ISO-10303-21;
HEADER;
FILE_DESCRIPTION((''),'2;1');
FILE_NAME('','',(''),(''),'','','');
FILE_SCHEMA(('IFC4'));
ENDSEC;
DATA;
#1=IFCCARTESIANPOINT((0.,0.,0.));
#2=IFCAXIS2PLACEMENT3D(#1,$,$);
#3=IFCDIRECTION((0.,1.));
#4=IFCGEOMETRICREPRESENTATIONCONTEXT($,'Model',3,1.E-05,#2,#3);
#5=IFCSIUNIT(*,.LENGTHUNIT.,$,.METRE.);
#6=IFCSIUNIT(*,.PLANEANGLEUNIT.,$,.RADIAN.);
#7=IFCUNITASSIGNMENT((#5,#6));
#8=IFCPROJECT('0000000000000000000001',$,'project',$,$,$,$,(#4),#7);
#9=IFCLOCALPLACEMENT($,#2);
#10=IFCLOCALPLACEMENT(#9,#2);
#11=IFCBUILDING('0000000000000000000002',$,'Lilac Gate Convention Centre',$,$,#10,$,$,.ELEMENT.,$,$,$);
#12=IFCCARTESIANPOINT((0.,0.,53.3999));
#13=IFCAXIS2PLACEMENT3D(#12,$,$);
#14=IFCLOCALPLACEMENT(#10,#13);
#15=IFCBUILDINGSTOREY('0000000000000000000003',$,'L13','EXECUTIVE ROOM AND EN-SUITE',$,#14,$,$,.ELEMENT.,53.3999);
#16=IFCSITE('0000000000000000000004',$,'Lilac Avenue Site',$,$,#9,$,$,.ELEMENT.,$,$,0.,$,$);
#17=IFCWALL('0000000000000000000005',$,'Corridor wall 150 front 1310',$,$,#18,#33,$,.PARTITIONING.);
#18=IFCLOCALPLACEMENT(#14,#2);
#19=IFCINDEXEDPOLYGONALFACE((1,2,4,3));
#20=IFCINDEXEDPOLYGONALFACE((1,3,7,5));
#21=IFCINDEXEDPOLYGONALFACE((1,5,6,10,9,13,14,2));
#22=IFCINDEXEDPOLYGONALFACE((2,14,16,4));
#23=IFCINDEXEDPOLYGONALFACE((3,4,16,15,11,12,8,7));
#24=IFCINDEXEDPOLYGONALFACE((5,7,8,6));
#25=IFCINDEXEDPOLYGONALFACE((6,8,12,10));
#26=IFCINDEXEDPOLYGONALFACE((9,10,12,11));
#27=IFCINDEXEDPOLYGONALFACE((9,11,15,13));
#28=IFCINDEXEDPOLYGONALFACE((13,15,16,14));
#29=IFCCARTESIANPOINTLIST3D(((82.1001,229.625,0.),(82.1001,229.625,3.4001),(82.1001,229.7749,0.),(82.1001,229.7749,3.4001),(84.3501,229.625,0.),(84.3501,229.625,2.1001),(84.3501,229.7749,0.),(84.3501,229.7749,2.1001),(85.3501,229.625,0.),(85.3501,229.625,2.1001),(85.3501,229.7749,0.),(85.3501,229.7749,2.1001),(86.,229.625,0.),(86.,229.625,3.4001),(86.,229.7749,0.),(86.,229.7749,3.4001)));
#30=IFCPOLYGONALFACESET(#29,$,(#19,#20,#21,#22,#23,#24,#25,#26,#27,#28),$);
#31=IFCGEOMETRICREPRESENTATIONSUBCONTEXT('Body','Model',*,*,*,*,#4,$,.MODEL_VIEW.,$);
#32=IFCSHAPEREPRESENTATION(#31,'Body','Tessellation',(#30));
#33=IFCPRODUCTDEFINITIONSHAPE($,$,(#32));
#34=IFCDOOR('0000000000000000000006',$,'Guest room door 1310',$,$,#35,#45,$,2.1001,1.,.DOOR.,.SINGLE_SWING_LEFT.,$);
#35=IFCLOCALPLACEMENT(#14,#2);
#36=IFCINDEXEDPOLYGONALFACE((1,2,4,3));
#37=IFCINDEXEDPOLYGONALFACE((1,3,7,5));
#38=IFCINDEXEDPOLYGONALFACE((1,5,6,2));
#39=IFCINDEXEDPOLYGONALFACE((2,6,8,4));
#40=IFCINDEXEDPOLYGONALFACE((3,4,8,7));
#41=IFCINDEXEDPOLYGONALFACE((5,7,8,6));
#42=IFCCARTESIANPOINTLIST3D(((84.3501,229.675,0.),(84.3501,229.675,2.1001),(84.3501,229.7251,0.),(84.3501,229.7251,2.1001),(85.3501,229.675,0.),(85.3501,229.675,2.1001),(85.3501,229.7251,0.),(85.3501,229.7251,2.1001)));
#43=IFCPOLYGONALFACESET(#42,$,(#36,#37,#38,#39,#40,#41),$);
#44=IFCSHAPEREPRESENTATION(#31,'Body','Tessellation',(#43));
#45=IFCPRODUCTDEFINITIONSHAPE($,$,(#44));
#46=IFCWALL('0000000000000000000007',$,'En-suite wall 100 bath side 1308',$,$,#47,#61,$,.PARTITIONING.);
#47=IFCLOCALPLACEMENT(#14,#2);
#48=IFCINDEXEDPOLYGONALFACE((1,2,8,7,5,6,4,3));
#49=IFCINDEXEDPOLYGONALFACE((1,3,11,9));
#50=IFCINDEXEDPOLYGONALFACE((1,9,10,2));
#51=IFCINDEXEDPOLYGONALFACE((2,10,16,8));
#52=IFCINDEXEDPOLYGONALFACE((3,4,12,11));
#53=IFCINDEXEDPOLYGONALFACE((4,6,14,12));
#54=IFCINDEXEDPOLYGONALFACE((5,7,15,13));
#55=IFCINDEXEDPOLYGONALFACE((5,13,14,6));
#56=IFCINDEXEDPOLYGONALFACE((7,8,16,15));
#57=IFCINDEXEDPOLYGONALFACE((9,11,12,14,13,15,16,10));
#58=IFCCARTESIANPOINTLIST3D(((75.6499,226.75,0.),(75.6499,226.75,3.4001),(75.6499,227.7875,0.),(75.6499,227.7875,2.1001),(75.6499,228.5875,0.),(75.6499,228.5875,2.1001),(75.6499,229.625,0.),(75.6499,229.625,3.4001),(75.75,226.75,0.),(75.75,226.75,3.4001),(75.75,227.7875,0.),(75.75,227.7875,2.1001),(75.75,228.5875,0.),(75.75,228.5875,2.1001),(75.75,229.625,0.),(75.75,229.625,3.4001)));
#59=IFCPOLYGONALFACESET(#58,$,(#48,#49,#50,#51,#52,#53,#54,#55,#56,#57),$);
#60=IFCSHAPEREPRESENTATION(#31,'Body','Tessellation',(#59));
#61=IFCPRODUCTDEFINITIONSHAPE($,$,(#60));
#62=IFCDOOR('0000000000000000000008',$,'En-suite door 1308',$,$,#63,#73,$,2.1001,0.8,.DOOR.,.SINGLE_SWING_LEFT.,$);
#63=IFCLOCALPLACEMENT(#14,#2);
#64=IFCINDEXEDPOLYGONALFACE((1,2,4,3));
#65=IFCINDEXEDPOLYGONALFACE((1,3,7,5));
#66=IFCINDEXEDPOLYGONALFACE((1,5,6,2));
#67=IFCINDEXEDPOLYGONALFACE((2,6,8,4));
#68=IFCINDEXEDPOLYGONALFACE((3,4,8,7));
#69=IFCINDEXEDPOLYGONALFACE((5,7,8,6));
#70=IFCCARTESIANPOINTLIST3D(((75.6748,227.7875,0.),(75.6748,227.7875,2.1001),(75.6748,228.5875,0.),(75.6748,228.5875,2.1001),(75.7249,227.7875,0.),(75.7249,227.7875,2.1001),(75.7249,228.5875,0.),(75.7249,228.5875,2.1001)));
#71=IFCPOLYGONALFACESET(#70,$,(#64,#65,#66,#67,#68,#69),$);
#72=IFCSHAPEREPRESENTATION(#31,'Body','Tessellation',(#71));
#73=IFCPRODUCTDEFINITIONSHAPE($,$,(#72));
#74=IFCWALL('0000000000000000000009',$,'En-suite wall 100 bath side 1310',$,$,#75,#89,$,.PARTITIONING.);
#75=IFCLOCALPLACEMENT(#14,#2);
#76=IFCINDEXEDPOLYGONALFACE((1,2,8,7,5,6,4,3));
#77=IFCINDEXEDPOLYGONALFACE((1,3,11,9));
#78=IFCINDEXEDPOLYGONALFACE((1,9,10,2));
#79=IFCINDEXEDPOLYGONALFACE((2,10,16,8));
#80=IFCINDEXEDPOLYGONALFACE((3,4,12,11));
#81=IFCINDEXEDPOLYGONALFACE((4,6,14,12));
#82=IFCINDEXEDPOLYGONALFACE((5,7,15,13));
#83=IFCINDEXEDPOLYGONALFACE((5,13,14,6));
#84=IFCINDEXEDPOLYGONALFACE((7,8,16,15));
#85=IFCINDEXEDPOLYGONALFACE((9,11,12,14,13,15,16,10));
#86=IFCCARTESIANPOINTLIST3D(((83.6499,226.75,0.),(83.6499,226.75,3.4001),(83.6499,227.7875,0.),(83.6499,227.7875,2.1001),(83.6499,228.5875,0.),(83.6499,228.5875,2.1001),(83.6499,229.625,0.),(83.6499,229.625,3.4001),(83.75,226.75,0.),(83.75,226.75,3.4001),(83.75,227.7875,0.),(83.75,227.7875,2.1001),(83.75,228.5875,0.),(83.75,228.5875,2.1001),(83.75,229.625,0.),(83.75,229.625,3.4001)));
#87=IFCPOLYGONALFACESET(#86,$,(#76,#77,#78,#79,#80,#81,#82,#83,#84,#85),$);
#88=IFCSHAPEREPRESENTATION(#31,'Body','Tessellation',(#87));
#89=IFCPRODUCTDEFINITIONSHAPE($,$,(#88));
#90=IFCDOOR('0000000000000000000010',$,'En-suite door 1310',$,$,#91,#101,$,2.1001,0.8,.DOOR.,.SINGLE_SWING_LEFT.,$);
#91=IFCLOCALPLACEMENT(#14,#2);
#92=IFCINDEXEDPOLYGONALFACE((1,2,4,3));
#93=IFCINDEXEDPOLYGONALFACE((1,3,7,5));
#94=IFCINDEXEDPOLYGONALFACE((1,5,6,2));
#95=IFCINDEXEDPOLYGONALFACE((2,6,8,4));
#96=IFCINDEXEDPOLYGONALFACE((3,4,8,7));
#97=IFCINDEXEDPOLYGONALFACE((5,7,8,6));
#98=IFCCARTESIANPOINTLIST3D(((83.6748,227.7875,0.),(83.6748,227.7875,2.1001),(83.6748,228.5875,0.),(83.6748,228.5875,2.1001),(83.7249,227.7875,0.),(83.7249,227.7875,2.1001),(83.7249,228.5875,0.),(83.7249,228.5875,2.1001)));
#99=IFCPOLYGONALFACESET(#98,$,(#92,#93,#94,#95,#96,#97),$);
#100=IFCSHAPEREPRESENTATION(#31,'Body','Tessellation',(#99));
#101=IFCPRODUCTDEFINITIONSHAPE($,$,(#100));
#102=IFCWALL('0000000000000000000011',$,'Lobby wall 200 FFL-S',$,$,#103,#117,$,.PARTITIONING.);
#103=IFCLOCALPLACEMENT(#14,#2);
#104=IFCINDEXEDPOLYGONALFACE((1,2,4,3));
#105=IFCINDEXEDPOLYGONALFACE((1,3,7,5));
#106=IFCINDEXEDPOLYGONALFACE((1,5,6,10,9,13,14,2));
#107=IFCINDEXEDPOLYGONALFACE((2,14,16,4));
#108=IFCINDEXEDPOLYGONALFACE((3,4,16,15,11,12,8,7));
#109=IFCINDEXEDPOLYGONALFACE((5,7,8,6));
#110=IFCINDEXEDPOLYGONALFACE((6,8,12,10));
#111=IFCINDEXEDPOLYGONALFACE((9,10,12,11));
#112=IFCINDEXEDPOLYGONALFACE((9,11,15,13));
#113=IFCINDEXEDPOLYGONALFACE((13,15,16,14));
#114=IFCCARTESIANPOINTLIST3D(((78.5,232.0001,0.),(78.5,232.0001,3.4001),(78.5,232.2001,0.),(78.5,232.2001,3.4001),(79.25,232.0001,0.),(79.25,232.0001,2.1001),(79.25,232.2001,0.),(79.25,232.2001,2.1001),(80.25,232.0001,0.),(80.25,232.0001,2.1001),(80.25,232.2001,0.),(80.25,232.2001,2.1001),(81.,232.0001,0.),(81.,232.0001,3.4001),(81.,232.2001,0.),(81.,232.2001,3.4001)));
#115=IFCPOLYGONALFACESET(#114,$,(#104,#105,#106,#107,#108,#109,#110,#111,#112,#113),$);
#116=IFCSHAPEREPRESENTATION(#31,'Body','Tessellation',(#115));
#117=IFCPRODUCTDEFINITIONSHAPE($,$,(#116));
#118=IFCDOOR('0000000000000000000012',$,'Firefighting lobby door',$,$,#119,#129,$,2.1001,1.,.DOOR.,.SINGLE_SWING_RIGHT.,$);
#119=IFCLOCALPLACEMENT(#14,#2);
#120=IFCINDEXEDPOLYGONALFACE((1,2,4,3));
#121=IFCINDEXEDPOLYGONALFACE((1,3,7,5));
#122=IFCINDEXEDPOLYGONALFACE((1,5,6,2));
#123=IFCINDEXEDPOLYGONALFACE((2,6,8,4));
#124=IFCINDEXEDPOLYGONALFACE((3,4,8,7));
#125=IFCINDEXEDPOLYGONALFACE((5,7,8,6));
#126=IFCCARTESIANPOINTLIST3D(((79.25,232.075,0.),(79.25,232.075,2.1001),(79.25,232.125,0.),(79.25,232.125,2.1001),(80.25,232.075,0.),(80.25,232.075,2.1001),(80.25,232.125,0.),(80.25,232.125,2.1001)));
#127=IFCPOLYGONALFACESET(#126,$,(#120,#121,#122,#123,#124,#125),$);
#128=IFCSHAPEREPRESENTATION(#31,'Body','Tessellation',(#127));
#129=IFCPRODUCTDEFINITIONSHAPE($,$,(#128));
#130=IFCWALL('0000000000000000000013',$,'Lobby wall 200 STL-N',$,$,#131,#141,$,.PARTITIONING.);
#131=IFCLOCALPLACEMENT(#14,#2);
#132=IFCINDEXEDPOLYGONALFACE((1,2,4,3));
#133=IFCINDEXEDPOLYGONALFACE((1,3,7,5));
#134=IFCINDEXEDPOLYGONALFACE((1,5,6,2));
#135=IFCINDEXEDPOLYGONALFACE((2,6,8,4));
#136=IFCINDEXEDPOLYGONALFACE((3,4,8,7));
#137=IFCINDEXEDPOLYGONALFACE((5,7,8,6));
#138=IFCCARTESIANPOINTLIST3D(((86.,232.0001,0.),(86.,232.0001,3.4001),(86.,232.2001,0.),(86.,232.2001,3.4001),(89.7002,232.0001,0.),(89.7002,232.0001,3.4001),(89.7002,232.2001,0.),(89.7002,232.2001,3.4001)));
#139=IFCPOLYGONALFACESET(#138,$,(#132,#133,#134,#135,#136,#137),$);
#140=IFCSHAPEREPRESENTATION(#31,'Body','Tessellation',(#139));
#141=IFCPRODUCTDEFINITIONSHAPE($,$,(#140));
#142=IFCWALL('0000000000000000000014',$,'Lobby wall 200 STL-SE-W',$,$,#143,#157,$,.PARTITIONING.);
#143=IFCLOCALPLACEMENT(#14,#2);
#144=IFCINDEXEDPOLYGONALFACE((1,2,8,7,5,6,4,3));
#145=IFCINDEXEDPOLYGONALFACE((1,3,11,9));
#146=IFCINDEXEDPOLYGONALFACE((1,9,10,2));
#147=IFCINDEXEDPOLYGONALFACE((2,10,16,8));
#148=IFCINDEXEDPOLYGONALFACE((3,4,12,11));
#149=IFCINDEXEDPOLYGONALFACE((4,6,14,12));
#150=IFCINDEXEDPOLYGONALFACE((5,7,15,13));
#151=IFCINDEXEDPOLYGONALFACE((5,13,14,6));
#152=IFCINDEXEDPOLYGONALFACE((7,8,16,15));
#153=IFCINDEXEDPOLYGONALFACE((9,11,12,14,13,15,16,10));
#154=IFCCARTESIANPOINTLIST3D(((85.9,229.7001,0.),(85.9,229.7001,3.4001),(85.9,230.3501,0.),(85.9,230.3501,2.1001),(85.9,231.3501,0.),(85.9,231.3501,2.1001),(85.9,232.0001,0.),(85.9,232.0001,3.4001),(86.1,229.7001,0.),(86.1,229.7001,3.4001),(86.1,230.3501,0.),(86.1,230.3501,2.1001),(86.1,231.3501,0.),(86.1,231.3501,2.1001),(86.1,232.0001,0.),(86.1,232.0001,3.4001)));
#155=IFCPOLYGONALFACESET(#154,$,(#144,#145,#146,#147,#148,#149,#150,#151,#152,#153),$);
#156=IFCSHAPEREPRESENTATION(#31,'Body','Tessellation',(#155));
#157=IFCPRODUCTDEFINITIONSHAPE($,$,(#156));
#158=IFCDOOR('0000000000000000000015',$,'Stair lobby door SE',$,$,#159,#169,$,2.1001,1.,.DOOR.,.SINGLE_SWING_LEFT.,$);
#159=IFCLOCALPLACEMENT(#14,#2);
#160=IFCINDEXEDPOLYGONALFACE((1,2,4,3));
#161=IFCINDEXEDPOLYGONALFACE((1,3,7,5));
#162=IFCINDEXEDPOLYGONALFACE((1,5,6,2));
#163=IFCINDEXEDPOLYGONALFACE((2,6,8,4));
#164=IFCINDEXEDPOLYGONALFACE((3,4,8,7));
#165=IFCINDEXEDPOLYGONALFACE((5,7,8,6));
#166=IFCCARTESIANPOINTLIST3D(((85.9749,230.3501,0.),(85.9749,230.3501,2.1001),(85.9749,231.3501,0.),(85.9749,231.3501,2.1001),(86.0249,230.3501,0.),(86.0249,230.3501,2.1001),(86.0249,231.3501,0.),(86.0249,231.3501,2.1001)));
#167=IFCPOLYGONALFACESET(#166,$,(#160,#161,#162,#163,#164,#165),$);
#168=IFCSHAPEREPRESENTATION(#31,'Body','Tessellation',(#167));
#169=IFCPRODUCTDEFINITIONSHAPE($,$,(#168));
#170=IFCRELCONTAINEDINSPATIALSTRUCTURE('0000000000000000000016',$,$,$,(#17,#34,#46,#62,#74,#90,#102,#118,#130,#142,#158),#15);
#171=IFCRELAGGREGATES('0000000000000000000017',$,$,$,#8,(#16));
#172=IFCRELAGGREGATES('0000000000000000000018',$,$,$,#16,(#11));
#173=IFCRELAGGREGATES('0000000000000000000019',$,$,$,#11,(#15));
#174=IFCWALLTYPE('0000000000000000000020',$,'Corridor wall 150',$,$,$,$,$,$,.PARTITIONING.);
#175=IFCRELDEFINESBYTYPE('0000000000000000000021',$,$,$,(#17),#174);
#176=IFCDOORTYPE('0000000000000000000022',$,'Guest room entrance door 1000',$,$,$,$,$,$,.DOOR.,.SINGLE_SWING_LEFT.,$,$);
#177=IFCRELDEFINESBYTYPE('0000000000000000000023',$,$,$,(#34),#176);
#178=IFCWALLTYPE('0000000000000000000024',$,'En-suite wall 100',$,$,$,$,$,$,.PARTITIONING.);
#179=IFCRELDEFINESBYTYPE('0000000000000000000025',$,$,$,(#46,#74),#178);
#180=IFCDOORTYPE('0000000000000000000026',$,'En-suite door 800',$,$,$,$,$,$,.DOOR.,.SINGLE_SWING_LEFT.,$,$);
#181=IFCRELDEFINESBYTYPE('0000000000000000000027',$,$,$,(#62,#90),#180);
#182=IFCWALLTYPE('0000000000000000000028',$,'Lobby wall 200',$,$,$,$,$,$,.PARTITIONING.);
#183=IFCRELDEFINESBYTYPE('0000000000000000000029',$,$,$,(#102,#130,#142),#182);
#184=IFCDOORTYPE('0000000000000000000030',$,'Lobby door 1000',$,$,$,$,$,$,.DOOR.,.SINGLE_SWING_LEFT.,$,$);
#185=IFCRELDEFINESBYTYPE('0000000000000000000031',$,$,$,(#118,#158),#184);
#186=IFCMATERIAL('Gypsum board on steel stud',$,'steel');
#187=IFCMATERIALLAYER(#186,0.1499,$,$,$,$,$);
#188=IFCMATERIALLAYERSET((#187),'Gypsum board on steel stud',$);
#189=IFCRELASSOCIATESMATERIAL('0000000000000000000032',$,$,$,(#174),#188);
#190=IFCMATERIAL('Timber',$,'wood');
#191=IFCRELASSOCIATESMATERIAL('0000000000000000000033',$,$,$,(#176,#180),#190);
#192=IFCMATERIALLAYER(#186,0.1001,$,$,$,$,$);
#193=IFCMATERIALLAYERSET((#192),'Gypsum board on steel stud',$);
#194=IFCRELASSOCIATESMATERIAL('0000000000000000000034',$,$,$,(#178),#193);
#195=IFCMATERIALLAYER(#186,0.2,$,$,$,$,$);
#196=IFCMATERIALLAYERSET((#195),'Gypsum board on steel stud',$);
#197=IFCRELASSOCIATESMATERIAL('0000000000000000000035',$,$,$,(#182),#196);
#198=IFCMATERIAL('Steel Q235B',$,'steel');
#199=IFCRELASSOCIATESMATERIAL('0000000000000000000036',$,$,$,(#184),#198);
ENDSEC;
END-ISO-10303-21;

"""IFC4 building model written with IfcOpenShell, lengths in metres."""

from ifc_helpers import new_model, si_unit, direction, frame, frame_2d, origin, place, context, subcontext, project, spatial, rectangle, extrude, material, layer, layer_set, type_object, element, fill, save


model = new_model("IFC4")

# Units and contexts
model_context = context("Model", 3, precision=1e-05, world=origin(), true_north=direction((0.0, 1.0)))
body_context = subcontext(model_context, "Body", "Model", "MODEL_VIEW")
ifc_project = project(units=[si_unit("LENGTHUNIT", "METRE"), si_unit("PLANEANGLEUNIT", "RADIAN")], contexts=[model_context])

# Site, building, storey
site_placement = place(None, origin())
site = spatial("IfcSite", under=ifc_project, at=site_placement, Name="Lilac Avenue Site", CompositionType="ELEMENT", RefElevation=0.0)
building_placement = place(site_placement, origin())
building = spatial("IfcBuilding", under=site, at=building_placement, Name="Lilac Gate Convention Centre", CompositionType="ELEMENT")
storey_placement = place(building_placement, frame((0.0, 0.0, 53.3999)))
storey = spatial("IfcBuildingStorey", under=building, at=storey_placement, Name="L13", Description="EXECUTIVE ROOM AND EN-SUITE", CompositionType="ELEMENT", Elevation=53.3999)

# Shared definitions
ifc_material_1 = material(Name="Steel Q235B", Category="steel")

# Walls, openings, doors
ifc_material_2 = material(Name="Gypsum board on steel stud", Category="steel")
ifc_layer_1 = layer(ifc_material_2, 0.1499)
ifc_layer_set_1 = layer_set([ifc_layer_1], Name="Gypsum board on steel stud")
wall_type_1 = type_object("IfcWallType", Name="Corridor wall 150", PredefinedType="PARTITIONING", material=ifc_layer_set_1)
ifc_material_3 = material(Name="Timber", Category="wood")
door_type_1 = type_object("IfcDoorType", Name="Guest room entrance door 1000", OperationType="SINGLE_SWING_LEFT", PredefinedType="DOOR", material=ifc_material_3)
wall_1_placement = place(storey_placement, frame((86.0, 229.7, 0.0), z_axis=(0.0, 0.0, 1.0), x_axis=(-1.0, 0.0, 0.0)))
wall_1 = element("IfcWall", 1, at=wall_1_placement, inside=storey, type_object=wall_type_1, Name="Corridor wall 150 front 1310", PredefinedType="PARTITIONING", context=body_context, shape_type="SweptSolid", body=[
    extrude(rectangle(XDim=3.8999, YDim=0.1499, at=frame_2d((1.95, 0.0))), origin(), (0.0, 0.0, 1.0), 3.4001),
])
opening_1_placement = place(wall_1_placement, frame((0.6499, 0.0, 0.0)))
opening_1 = element("IfcOpeningElement", 2, at=opening_1_placement, cuts=wall_1, PredefinedType="OPENING", context=body_context, shape_type="SweptSolid", body=[
    extrude(rectangle(XDim=1.0, YDim=2.1001, at=frame_2d((0.5, 1.05))), frame((0.0, 0.085, 0.0), z_axis=(0.0, -1.0, 0.0), x_axis=(1.0, 0.0, 0.0)), (0.0, 0.0, 1.0), 0.1699),
])
door_1_placement = place(opening_1_placement, origin())
door_1 = element("IfcDoor", 3, at=door_1_placement, inside=storey, type_object=door_type_1, Name="Guest room door 1310", OperationType="SINGLE_SWING_LEFT", OverallHeight=2.1001, OverallWidth=1.0, PredefinedType="DOOR", context=body_context, shape_type="SweptSolid", body=[
    extrude(rectangle(XDim=1.0, YDim=2.1001, at=frame_2d((0.5, 1.05))), frame((0.0, 0.0249, 0.0), z_axis=(0.0, -1.0, 0.0), x_axis=(1.0, 0.0, 0.0)), (0.0, 0.0, 1.0), 0.05),
])
fill(opening_1, door_1)
ifc_layer_2 = layer(ifc_material_2, 0.1001)
ifc_layer_set_2 = layer_set([ifc_layer_2], Name="Gypsum board on steel stud")
wall_type_2 = type_object("IfcWallType", Name="En-suite wall 100", PredefinedType="PARTITIONING", material=ifc_layer_set_2)
wall_2_placement = place(storey_placement, frame((75.7, 229.625, 0.0), z_axis=(0.0, 0.0, 1.0), x_axis=(0.0, -1.0, 0.0)))
wall_2 = element("IfcWall", 4, at=wall_2_placement, inside=storey, type_object=wall_type_2, Name="En-suite wall 100 bath side 1308", PredefinedType="PARTITIONING", context=body_context, shape_type="SweptSolid", body=[
    extrude(rectangle(XDim=2.875, YDim=0.1001, at=frame_2d((1.4375, 0.0))), origin(), (0.0, 0.0, 1.0), 3.4001),
])
opening_2_placement = place(wall_2_placement, frame((1.0376, 0.0, 0.0)))
opening_2 = element("IfcOpeningElement", 5, at=opening_2_placement, cuts=wall_2, PredefinedType="OPENING", context=body_context, shape_type="SweptSolid", body=[
    extrude(rectangle(XDim=0.8, YDim=2.1001, at=frame_2d((0.3999, 1.05))), frame((0.0, 0.0601, 0.0), z_axis=(0.0, -1.0, 0.0), x_axis=(1.0, 0.0, 0.0)), (0.0, 0.0, 1.0), 0.1201),
])
door_type_2 = type_object("IfcDoorType", Name="En-suite door 800", OperationType="SINGLE_SWING_LEFT", PredefinedType="DOOR", material=ifc_material_3)
door_2_placement = place(opening_2_placement, origin())
door_2 = element("IfcDoor", 6, at=door_2_placement, inside=storey, type_object=door_type_2, Name="En-suite door 1308", OperationType="SINGLE_SWING_LEFT", OverallHeight=2.1001, OverallWidth=0.8, PredefinedType="DOOR", context=body_context, shape_type="SweptSolid", body=[
    extrude(rectangle(XDim=0.8, YDim=2.1001, at=frame_2d((0.3999, 1.05))), frame((0.0, 0.0249, 0.0), z_axis=(0.0, -1.0, 0.0), x_axis=(1.0, 0.0, 0.0)), (0.0, 0.0, 1.0), 0.05),
])
fill(opening_2, door_2)
wall_3_placement = place(storey_placement, frame((83.7, 229.625, 0.0), z_axis=(0.0, 0.0, 1.0), x_axis=(0.0, -1.0, 0.0)))
wall_3 = element("IfcWall", 7, at=wall_3_placement, inside=storey, type_object=wall_type_2, Name="En-suite wall 100 bath side 1310", PredefinedType="PARTITIONING", context=body_context, shape_type="SweptSolid", body=[
    extrude(rectangle(XDim=2.875, YDim=0.1001, at=frame_2d((1.4375, 0.0))), origin(), (0.0, 0.0, 1.0), 3.4001),
])
opening_3_placement = place(wall_3_placement, frame((1.0376, 0.0, 0.0)))
opening_3 = element("IfcOpeningElement", 8, at=opening_3_placement, cuts=wall_3, PredefinedType="OPENING", context=body_context, shape_type="SweptSolid", body=[
    extrude(rectangle(XDim=0.8, YDim=2.1001, at=frame_2d((0.3999, 1.05))), frame((0.0, 0.0601, 0.0), z_axis=(0.0, -1.0, 0.0), x_axis=(1.0, 0.0, 0.0)), (0.0, 0.0, 1.0), 0.1201),
])
door_3_placement = place(opening_3_placement, origin())
door_3 = element("IfcDoor", 9, at=door_3_placement, inside=storey, type_object=door_type_2, Name="En-suite door 1310", OperationType="SINGLE_SWING_LEFT", OverallHeight=2.1001, OverallWidth=0.8, PredefinedType="DOOR", context=body_context, shape_type="SweptSolid", body=[
    extrude(rectangle(XDim=0.8, YDim=2.1001, at=frame_2d((0.3999, 1.05))), frame((0.0, 0.0249, 0.0), z_axis=(0.0, -1.0, 0.0), x_axis=(1.0, 0.0, 0.0)), (0.0, 0.0, 1.0), 0.05),
])
fill(opening_3, door_3)
ifc_layer_3 = layer(ifc_material_2, 0.2)
ifc_layer_set_3 = layer_set([ifc_layer_3], Name="Gypsum board on steel stud")
wall_type_3 = type_object("IfcWallType", Name="Lobby wall 200", PredefinedType="PARTITIONING", material=ifc_layer_set_3)
wall_4_placement = place(storey_placement, frame((78.5, 232.1001, 0.0), z_axis=(0.0, 0.0, 1.0), x_axis=(1.0, 0.0, 0.0)))
wall_4 = element("IfcWall", 10, at=wall_4_placement, inside=storey, type_object=wall_type_3, Name="Lobby wall 200 FFL-S", PredefinedType="PARTITIONING", context=body_context, shape_type="SweptSolid", body=[
    extrude(rectangle(XDim=2.5, YDim=0.2, at=frame_2d((1.25, 0.0))), origin(), (0.0, 0.0, 1.0), 3.4001),
])
opening_4_placement = place(wall_4_placement, frame((0.75, 0.0, 0.0)))
opening_4 = element("IfcOpeningElement", 11, at=opening_4_placement, cuts=wall_4, PredefinedType="OPENING", context=body_context, shape_type="SweptSolid", body=[
    extrude(rectangle(XDim=1.0, YDim=2.1001, at=frame_2d((0.5, 1.05))), frame((0.0, 0.1099, 0.0), z_axis=(0.0, -1.0, 0.0), x_axis=(1.0, 0.0, 0.0)), (0.0, 0.0, 1.0), 0.22),
])
door_type_3 = type_object("IfcDoorType", Name="Lobby door 1000", OperationType="SINGLE_SWING_LEFT", PredefinedType="DOOR", material=ifc_material_1)
door_4_placement = place(opening_4_placement, origin())
door_4 = element("IfcDoor", 12, at=door_4_placement, inside=storey, type_object=door_type_3, Name="Firefighting lobby door", OperationType="SINGLE_SWING_RIGHT", OverallHeight=2.1001, OverallWidth=1.0, PredefinedType="DOOR", context=body_context, shape_type="SweptSolid", body=[
    extrude(rectangle(XDim=1.0, YDim=2.1001, at=frame_2d((0.5, 1.05))), frame((0.0, 0.0249, 0.0), z_axis=(0.0, -1.0, 0.0), x_axis=(1.0, 0.0, 0.0)), (0.0, 0.0, 1.0), 0.05),
])
fill(opening_4, door_4)

# Wall
wall_5_placement = place(storey_placement, frame((86.0, 232.1001, 0.0), z_axis=(0.0, 0.0, 1.0), x_axis=(1.0, 0.0, 0.0)))
element("IfcWall", 13, at=wall_5_placement, inside=storey, type_object=wall_type_3, Name="Lobby wall 200 STL-N", PredefinedType="PARTITIONING", context=body_context, shape_type="SweptSolid", body=[
    extrude(rectangle(XDim=3.7002, YDim=0.2, at=frame_2d((1.8501, 0.0))), origin(), (0.0, 0.0, 1.0), 3.4001),
])

# Wall, opening, door
wall_6_placement = place(storey_placement, frame((86.0, 232.0, 0.0), z_axis=(0.0, 0.0, 1.0), x_axis=(0.0, -1.0, 0.0)))
wall_6 = element("IfcWall", 14, at=wall_6_placement, inside=storey, type_object=wall_type_3, Name="Lobby wall 200 STL-SE-W", PredefinedType="PARTITIONING", context=body_context, shape_type="SweptSolid", body=[
    extrude(rectangle(XDim=2.3, YDim=0.2, at=frame_2d((1.1499, 0.0))), origin(), (0.0, 0.0, 1.0), 3.4001),
])
opening_5_placement = place(wall_6_placement, frame((0.6499, 0.0, 0.0)))
opening_5 = element("IfcOpeningElement", 15, at=opening_5_placement, cuts=wall_6, PredefinedType="OPENING", context=body_context, shape_type="SweptSolid", body=[
    extrude(rectangle(XDim=1.0, YDim=2.1001, at=frame_2d((0.5, 1.05))), frame((0.0, 0.1099, 0.0), z_axis=(0.0, -1.0, 0.0), x_axis=(1.0, 0.0, 0.0)), (0.0, 0.0, 1.0), 0.22),
])
door_5_placement = place(opening_5_placement, origin())
door_5 = element("IfcDoor", 16, at=door_5_placement, inside=storey, type_object=door_type_3, Name="Stair lobby door SE", OperationType="SINGLE_SWING_LEFT", OverallHeight=2.1001, OverallWidth=1.0, PredefinedType="DOOR", context=body_context, shape_type="SweptSolid", body=[
    extrude(rectangle(XDim=1.0, YDim=2.1001, at=frame_2d((0.5, 1.05))), frame((0.0, 0.0249, 0.0), z_axis=(0.0, -1.0, 0.0), x_axis=(1.0, 0.0, 0.0)), (0.0, 0.0, 1.0), 0.05),
])
fill(opening_5, door_5)

save(model, "model.ifc")
